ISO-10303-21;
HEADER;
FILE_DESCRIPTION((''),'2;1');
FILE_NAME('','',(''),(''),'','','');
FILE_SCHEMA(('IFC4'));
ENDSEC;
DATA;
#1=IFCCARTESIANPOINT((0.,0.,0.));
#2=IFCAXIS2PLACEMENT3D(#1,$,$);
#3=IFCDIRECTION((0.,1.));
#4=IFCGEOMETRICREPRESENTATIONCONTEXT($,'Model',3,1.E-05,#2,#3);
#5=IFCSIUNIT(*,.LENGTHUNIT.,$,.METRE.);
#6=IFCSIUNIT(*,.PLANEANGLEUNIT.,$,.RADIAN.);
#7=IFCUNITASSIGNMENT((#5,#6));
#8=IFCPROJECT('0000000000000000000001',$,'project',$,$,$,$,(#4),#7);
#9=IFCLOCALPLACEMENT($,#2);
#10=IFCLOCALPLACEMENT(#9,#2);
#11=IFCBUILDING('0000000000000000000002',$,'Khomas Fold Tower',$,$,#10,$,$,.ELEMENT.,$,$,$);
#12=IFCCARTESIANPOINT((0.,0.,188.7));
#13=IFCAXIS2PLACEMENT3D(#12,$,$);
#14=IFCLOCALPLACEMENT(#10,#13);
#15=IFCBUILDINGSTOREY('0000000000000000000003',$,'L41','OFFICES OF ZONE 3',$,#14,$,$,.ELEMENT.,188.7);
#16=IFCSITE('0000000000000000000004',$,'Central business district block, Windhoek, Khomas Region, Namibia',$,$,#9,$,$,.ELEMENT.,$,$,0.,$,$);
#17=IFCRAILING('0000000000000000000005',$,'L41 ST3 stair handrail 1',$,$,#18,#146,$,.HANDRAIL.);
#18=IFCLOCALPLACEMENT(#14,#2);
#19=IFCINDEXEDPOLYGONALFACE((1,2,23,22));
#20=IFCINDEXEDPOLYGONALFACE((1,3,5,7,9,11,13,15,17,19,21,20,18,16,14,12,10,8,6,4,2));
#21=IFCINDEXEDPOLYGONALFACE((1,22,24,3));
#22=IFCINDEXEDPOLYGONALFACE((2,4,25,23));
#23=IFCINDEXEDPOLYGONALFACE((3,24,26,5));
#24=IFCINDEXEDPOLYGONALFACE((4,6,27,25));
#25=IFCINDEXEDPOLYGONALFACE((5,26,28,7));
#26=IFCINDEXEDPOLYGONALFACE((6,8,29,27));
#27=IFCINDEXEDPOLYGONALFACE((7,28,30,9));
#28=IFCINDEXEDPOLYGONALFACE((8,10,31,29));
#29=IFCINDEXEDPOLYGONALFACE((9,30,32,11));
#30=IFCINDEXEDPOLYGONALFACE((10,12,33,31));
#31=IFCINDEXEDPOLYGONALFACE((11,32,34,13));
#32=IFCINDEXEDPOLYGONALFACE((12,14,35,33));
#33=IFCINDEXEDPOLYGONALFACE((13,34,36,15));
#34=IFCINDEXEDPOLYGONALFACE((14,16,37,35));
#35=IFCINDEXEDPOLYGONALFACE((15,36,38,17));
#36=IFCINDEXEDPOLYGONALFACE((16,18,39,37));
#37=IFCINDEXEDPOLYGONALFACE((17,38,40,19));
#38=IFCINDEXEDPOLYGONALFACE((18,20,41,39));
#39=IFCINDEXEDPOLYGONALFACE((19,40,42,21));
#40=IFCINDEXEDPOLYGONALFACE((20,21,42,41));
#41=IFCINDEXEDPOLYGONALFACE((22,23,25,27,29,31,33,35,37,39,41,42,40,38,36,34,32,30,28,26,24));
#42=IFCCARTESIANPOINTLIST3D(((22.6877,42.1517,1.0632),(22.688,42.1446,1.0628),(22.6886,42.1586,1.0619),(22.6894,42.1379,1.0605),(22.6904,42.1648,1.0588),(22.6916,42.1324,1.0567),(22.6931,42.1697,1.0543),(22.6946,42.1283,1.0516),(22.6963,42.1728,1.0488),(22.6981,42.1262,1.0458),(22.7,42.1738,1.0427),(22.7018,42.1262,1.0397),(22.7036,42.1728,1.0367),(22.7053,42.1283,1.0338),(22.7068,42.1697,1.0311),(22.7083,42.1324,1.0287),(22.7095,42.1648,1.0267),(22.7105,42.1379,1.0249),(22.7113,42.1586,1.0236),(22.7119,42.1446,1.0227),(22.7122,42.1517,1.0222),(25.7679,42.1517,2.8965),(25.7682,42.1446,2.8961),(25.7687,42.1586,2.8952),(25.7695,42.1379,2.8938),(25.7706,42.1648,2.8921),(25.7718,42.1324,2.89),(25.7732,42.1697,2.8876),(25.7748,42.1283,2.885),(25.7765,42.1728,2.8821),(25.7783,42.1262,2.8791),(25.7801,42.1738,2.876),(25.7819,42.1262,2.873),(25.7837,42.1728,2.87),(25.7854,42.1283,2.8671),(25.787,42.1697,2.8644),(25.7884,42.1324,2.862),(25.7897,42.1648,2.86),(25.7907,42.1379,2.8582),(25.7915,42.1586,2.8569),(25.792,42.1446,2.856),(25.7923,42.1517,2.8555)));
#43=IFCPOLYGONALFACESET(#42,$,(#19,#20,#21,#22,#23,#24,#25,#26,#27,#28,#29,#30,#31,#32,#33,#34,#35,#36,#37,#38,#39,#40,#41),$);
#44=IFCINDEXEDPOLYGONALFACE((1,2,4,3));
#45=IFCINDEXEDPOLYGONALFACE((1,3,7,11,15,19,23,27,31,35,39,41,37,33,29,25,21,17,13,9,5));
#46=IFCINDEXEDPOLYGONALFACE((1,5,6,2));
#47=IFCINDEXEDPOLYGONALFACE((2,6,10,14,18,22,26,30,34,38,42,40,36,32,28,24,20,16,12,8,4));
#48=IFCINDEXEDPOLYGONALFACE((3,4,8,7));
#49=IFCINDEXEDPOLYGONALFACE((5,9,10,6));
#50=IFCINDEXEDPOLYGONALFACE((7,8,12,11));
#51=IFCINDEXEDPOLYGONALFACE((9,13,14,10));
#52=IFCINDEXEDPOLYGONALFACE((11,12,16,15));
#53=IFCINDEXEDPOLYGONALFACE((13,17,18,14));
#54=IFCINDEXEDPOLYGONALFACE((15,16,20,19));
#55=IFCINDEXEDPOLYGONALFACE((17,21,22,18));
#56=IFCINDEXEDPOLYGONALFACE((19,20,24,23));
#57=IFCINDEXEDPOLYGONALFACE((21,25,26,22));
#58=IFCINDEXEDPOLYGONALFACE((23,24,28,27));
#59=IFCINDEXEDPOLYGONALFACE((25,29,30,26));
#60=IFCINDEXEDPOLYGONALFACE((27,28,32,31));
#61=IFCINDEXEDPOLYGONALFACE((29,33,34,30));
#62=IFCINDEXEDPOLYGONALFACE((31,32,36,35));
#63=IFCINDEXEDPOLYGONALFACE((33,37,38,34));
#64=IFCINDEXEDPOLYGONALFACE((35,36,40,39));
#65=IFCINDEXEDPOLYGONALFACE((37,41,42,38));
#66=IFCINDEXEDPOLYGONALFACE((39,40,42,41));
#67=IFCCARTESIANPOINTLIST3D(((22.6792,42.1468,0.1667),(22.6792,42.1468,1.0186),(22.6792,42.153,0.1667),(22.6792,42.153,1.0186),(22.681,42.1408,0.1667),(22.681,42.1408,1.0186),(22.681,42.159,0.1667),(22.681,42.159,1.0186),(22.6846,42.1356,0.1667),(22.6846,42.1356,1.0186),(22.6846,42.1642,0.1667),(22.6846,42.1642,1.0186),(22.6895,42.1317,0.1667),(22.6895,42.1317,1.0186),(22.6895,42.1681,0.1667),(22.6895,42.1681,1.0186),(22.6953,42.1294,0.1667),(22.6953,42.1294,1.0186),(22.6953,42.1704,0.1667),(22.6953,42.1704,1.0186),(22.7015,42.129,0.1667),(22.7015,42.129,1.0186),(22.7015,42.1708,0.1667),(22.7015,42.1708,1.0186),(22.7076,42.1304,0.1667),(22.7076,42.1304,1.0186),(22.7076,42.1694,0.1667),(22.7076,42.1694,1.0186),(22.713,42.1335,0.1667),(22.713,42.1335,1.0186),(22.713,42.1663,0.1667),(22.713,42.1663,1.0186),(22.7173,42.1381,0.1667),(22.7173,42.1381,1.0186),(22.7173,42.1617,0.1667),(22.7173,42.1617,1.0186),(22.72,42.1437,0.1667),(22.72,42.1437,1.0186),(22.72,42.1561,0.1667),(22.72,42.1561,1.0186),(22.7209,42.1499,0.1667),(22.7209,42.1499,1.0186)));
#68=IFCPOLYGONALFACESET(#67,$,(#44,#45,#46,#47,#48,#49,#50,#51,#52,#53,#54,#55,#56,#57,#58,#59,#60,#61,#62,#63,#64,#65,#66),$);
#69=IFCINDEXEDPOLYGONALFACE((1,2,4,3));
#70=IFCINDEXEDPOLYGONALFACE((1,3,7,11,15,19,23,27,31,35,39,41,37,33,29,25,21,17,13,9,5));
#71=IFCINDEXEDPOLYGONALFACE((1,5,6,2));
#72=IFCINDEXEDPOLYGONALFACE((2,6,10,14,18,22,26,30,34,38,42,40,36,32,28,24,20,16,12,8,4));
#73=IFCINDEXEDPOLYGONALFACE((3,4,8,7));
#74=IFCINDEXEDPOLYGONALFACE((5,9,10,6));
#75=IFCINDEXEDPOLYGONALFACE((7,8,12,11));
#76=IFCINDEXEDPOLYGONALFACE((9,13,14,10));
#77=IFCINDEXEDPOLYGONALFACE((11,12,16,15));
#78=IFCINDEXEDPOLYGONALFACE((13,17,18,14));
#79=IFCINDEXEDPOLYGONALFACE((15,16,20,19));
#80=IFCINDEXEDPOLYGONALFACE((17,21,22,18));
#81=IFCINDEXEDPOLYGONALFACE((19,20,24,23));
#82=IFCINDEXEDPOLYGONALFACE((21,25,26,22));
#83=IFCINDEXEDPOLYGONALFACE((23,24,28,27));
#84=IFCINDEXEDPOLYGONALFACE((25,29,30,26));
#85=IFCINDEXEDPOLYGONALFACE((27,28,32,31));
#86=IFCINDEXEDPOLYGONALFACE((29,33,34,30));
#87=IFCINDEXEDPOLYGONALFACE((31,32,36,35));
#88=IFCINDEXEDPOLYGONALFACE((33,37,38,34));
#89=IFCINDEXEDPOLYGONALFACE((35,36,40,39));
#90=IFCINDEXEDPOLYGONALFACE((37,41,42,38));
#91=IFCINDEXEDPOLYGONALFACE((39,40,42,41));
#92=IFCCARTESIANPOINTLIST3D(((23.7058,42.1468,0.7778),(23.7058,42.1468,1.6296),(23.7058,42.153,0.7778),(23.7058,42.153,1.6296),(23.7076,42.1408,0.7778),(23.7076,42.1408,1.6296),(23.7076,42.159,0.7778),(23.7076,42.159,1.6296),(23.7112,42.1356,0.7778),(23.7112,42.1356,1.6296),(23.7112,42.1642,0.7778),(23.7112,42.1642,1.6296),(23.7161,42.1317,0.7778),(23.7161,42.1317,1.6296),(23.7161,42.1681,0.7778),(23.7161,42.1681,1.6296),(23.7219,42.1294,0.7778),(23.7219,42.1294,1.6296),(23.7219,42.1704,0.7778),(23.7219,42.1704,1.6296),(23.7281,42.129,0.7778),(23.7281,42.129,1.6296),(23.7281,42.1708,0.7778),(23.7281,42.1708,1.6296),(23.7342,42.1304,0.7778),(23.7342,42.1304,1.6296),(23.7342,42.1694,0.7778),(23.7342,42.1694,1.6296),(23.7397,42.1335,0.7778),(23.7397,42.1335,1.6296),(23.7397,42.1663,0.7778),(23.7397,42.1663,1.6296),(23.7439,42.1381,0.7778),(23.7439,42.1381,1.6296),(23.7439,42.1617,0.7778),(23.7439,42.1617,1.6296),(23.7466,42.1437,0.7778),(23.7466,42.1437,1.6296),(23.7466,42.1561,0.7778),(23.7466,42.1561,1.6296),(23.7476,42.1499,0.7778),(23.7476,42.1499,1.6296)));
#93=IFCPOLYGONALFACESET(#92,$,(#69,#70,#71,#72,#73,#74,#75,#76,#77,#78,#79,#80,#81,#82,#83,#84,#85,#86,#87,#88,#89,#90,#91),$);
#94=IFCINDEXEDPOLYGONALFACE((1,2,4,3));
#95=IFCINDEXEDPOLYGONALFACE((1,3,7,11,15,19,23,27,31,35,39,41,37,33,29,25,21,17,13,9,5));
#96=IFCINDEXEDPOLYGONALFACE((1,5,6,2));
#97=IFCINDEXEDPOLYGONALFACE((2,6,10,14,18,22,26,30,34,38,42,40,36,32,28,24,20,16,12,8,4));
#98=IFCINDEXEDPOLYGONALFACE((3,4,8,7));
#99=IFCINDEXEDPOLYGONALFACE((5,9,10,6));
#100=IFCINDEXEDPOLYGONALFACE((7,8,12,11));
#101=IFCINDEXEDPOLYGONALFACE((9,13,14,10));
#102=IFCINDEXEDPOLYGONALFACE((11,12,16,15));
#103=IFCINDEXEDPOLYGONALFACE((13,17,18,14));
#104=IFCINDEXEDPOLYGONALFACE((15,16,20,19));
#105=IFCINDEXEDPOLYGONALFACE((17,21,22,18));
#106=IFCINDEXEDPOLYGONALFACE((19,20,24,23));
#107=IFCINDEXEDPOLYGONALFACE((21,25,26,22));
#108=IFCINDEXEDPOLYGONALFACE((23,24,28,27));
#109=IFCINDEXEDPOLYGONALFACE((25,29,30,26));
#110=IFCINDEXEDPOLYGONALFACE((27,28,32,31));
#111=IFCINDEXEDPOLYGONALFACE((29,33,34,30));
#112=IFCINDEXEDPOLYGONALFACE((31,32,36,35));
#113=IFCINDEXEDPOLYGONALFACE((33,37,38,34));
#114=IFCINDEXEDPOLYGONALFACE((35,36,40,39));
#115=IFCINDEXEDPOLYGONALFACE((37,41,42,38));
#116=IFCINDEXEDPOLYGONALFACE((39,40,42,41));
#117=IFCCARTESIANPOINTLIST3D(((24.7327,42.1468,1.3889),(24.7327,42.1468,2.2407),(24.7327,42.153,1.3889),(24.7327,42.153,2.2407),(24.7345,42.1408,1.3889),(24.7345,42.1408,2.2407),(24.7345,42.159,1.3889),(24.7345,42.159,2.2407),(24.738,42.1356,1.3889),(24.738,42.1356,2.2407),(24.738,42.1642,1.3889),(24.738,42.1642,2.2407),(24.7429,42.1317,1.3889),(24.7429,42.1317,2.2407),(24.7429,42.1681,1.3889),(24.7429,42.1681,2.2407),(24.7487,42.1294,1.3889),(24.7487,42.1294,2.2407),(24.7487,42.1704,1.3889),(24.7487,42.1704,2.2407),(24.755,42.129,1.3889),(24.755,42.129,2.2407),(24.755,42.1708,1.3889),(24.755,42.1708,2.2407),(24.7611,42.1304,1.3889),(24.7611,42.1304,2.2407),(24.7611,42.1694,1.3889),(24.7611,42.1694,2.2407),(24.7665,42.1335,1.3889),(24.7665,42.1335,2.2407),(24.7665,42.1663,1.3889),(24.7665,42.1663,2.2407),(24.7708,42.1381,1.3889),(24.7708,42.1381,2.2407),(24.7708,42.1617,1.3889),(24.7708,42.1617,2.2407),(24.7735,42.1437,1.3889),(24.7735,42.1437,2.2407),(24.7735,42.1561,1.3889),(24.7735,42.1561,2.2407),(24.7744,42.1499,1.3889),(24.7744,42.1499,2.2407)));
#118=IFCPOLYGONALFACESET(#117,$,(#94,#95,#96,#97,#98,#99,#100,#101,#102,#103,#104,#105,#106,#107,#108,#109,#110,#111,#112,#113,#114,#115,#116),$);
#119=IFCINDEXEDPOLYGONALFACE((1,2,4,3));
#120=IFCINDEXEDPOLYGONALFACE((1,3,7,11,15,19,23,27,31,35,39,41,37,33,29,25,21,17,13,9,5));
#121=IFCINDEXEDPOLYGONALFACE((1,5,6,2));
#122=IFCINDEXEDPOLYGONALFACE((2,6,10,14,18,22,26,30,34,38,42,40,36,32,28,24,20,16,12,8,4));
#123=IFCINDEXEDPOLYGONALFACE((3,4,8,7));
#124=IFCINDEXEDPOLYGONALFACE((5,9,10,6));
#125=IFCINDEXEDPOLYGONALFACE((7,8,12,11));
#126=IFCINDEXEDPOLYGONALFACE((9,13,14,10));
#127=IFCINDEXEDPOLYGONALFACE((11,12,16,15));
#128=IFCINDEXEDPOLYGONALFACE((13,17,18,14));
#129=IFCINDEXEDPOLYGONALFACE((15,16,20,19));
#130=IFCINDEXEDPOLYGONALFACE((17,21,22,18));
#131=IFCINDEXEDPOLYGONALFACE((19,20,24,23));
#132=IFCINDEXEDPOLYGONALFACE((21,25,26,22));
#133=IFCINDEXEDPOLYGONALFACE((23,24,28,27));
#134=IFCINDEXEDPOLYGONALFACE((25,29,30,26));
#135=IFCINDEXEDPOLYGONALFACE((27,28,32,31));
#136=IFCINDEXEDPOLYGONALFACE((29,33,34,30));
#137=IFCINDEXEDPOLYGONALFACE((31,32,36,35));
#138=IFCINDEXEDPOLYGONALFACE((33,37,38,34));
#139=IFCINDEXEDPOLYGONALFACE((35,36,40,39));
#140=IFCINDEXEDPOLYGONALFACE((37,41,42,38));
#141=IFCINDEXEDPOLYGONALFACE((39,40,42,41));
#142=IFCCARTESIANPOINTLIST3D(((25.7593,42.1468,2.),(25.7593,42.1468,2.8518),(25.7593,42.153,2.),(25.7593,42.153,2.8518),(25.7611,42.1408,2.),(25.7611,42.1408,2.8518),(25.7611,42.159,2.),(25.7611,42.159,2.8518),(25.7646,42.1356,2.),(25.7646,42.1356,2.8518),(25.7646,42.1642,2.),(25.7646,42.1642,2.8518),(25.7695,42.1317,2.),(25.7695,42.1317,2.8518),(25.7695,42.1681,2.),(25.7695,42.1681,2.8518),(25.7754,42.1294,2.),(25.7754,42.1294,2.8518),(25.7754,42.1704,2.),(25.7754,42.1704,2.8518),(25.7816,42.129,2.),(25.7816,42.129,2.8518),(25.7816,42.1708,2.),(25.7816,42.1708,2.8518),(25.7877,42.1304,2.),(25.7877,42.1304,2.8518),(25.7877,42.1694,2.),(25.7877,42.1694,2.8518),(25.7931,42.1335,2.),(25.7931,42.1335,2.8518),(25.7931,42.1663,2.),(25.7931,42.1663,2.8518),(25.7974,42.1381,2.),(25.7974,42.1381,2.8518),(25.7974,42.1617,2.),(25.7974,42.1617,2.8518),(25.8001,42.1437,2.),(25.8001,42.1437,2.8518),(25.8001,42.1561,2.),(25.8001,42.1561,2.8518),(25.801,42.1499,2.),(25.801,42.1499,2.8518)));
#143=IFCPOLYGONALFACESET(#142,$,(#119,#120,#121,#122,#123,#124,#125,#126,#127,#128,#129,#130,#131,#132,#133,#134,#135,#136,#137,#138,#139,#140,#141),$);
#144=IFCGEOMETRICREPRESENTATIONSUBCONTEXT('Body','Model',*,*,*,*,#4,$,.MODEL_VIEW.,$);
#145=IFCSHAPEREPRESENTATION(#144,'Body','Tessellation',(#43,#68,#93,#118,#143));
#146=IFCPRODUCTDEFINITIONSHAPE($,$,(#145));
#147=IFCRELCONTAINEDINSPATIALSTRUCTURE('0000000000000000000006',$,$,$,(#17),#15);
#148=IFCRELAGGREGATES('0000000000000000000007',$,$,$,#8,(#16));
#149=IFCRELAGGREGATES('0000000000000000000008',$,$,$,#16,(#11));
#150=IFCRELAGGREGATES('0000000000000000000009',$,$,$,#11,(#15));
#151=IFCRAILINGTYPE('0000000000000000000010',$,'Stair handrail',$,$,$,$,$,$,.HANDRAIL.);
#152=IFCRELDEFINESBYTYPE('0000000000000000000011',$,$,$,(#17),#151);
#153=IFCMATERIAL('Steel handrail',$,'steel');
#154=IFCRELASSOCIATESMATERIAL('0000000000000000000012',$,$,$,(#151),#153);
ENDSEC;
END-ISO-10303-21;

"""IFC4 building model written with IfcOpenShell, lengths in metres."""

from ifc_helpers import new_model, si_unit, direction, frame, origin, origin_2d, place, context, subcontext, project, spatial, circle, extrude, source, transform, mapped, material, type_object, element, save


model = new_model("IFC4")

# Units and contexts
model_context = context("Model", 3, precision=1e-05, world=origin(), true_north=direction((0.0, 1.0)))
body_context = subcontext(model_context, "Body", "Model", "MODEL_VIEW")
ifc_project = project(units=[si_unit("LENGTHUNIT", "METRE"), si_unit("PLANEANGLEUNIT", "RADIAN")], contexts=[model_context])

# Site, building, storey
site_placement = place(None, origin())
site = spatial("IfcSite", under=ifc_project, at=site_placement, Name="Central business district block, Windhoek, Khomas Region, Namibia", CompositionType="ELEMENT", RefElevation=0.0)
building_placement = place(site_placement, origin())
building = spatial("IfcBuilding", under=site, at=building_placement, Name="Khomas Fold Tower", CompositionType="ELEMENT")
storey_placement = place(building_placement, frame((0.0, 0.0, 188.7)))
storey = spatial("IfcBuildingStorey", under=building, at=storey_placement, Name="L41", Description="OFFICES OF ZONE 3", CompositionType="ELEMENT", Elevation=188.7)

# Railing
ifc_material_1 = material(Name="Steel handrail", Category="steel")
railing_type_1 = type_object("IfcRailingType", Name="Stair handrail", PredefinedType="HANDRAIL", material=ifc_material_1)
shared_shape_1 = source(origin(), body_context, "Body", "SweptSolid", [
    extrude(circle(Radius=0.0239, at=origin_2d()), frame((0.0, 0.0, 0.876), z_axis=(0.859309, 0.0, 0.511458), x_axis=(0.0, 1.0, 0.0)), (0.0, 0.0, 1.0), 3.5845),
    extrude(circle(Radius=0.021, at=origin_2d()), origin(), (0.0, 0.0, 1.0), 0.8518),
    extrude(circle(Radius=0.021, at=origin_2d()), frame((1.0266, 0.0, 0.6111)), (0.0, 0.0, 1.0), 0.8518),
    extrude(circle(Radius=0.021, at=origin_2d()), frame((2.0535, 0.0, 1.2222)), (0.0, 0.0, 1.0), 0.8518),
    extrude(circle(Radius=0.021, at=origin_2d()), frame((3.0801, 0.0, 1.8333)), (0.0, 0.0, 1.0), 0.8518),
])
railing_1_placement = place(storey_placement, frame((22.7, 42.1499, 0.1667)))
element("IfcRailing", 1, at=railing_1_placement, inside=storey, type_object=railing_type_1, Name="L41 ST3 stair handrail 1", PredefinedType="HANDRAIL", context=body_context, shape_type="MappedRepresentation", body=[
    mapped(shared_shape_1, transform((0.0, 0.0, 0.0))),
])

save(model, "model.ifc")
